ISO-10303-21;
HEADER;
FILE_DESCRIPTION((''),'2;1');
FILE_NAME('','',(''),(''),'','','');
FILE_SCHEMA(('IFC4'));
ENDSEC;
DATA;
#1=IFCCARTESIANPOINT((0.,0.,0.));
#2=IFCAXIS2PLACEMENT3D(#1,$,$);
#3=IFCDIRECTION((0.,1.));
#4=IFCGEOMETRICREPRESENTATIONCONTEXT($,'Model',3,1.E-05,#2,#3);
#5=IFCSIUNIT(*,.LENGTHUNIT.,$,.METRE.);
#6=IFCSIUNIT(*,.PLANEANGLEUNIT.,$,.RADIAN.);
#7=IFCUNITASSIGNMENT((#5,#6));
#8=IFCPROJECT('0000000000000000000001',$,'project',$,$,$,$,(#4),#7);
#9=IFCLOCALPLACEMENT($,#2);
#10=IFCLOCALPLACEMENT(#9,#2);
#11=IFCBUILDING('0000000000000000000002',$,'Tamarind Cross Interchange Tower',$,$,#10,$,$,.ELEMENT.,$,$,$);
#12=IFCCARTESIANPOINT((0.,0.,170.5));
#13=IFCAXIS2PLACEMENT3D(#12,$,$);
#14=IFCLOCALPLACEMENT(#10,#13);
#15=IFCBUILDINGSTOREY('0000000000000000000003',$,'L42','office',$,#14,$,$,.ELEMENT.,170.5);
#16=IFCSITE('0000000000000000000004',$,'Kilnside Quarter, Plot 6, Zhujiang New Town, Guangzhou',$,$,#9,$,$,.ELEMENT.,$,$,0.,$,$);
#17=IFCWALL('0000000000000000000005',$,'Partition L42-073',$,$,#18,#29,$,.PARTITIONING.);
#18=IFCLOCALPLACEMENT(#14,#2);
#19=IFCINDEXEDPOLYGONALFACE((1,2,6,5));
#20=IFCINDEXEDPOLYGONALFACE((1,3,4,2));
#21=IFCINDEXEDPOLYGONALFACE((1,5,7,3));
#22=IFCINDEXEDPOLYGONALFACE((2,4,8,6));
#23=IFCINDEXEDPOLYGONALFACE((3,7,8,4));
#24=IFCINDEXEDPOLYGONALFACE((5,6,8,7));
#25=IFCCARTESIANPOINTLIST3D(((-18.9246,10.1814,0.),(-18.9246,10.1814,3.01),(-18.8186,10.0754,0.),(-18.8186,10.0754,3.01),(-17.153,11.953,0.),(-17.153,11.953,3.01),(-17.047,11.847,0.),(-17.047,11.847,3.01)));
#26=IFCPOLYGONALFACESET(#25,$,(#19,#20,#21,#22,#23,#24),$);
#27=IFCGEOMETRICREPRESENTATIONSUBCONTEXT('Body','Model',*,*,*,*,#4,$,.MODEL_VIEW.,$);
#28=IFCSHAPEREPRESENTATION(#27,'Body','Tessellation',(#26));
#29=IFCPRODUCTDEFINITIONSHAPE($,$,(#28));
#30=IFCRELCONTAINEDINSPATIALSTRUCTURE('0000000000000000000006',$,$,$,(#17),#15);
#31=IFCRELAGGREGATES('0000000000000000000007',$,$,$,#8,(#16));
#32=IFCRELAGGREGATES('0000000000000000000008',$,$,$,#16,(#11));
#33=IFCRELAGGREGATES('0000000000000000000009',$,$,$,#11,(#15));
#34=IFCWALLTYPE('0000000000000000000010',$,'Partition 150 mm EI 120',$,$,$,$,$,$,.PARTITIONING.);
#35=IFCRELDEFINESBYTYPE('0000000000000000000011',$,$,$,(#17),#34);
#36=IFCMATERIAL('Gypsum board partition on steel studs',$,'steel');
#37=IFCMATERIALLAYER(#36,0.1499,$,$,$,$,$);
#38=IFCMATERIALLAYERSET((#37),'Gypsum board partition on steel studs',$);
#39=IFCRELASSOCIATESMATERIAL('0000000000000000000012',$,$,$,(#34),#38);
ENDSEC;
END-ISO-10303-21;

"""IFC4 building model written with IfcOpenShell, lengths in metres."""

from ifc_helpers import new_model, si_unit, direction, frame, frame_2d, origin, place, context, subcontext, project, spatial, rectangle, extrude, material, layer, layer_set, type_object, element, save


model = new_model("IFC4")

# Units and contexts
model_context = context("Model", 3, precision=1e-05, world=origin(), true_north=direction((0.0, 1.0)))
body_context = subcontext(model_context, "Body", "Model", "MODEL_VIEW")
ifc_project = project(units=[si_unit("LENGTHUNIT", "METRE"), si_unit("PLANEANGLEUNIT", "RADIAN")], contexts=[model_context])

# Site, building, storey
site_placement = place(None, origin())
site = spatial("IfcSite", under=ifc_project, at=site_placement, Name="Kilnside Quarter, Plot 6, Zhujiang New Town, Guangzhou", CompositionType="ELEMENT", RefElevation=0.0)
building_placement = place(site_placement, origin())
building = spatial("IfcBuilding", under=site, at=building_placement, Name="Tamarind Cross Interchange Tower", CompositionType="ELEMENT")
storey_placement = place(building_placement, frame((0.0, 0.0, 170.5)))
storey = spatial("IfcBuildingStorey", under=building, at=storey_placement, Name="L42", Description="office", CompositionType="ELEMENT", Elevation=170.5)

# Shared definitions
ifc_material_1 = material(Name="Gypsum board partition on steel studs", Category="steel")

# Shared definitions
ifc_layer_1 = layer(ifc_material_1, 0.1499)
ifc_layer_set_1 = layer_set([ifc_layer_1], Name="Gypsum board partition on steel studs")
wall_type_1 = type_object("IfcWallType", Name="Partition 150 mm EI 120", PredefinedType="PARTITIONING", material=ifc_layer_set_1)

# Wall
wall_1_placement = place(storey_placement, frame((-18.8716, 10.1284, 0.0), z_axis=(0.0, 0.0, 1.0), x_axis=(0.707107, 0.707107, 0.0)))
element("IfcWall", 1, at=wall_1_placement, inside=storey, type_object=wall_type_1, Name="Partition L42-073", PredefinedType="PARTITIONING", context=body_context, shape_type="SweptSolid", body=[
    extrude(rectangle(XDim=2.5054, YDim=0.1499, at=frame_2d((1.2527, 0.0))), origin(), (0.0, 0.0, 1.0), 3.01),
])

save(model, "model.ifc")
